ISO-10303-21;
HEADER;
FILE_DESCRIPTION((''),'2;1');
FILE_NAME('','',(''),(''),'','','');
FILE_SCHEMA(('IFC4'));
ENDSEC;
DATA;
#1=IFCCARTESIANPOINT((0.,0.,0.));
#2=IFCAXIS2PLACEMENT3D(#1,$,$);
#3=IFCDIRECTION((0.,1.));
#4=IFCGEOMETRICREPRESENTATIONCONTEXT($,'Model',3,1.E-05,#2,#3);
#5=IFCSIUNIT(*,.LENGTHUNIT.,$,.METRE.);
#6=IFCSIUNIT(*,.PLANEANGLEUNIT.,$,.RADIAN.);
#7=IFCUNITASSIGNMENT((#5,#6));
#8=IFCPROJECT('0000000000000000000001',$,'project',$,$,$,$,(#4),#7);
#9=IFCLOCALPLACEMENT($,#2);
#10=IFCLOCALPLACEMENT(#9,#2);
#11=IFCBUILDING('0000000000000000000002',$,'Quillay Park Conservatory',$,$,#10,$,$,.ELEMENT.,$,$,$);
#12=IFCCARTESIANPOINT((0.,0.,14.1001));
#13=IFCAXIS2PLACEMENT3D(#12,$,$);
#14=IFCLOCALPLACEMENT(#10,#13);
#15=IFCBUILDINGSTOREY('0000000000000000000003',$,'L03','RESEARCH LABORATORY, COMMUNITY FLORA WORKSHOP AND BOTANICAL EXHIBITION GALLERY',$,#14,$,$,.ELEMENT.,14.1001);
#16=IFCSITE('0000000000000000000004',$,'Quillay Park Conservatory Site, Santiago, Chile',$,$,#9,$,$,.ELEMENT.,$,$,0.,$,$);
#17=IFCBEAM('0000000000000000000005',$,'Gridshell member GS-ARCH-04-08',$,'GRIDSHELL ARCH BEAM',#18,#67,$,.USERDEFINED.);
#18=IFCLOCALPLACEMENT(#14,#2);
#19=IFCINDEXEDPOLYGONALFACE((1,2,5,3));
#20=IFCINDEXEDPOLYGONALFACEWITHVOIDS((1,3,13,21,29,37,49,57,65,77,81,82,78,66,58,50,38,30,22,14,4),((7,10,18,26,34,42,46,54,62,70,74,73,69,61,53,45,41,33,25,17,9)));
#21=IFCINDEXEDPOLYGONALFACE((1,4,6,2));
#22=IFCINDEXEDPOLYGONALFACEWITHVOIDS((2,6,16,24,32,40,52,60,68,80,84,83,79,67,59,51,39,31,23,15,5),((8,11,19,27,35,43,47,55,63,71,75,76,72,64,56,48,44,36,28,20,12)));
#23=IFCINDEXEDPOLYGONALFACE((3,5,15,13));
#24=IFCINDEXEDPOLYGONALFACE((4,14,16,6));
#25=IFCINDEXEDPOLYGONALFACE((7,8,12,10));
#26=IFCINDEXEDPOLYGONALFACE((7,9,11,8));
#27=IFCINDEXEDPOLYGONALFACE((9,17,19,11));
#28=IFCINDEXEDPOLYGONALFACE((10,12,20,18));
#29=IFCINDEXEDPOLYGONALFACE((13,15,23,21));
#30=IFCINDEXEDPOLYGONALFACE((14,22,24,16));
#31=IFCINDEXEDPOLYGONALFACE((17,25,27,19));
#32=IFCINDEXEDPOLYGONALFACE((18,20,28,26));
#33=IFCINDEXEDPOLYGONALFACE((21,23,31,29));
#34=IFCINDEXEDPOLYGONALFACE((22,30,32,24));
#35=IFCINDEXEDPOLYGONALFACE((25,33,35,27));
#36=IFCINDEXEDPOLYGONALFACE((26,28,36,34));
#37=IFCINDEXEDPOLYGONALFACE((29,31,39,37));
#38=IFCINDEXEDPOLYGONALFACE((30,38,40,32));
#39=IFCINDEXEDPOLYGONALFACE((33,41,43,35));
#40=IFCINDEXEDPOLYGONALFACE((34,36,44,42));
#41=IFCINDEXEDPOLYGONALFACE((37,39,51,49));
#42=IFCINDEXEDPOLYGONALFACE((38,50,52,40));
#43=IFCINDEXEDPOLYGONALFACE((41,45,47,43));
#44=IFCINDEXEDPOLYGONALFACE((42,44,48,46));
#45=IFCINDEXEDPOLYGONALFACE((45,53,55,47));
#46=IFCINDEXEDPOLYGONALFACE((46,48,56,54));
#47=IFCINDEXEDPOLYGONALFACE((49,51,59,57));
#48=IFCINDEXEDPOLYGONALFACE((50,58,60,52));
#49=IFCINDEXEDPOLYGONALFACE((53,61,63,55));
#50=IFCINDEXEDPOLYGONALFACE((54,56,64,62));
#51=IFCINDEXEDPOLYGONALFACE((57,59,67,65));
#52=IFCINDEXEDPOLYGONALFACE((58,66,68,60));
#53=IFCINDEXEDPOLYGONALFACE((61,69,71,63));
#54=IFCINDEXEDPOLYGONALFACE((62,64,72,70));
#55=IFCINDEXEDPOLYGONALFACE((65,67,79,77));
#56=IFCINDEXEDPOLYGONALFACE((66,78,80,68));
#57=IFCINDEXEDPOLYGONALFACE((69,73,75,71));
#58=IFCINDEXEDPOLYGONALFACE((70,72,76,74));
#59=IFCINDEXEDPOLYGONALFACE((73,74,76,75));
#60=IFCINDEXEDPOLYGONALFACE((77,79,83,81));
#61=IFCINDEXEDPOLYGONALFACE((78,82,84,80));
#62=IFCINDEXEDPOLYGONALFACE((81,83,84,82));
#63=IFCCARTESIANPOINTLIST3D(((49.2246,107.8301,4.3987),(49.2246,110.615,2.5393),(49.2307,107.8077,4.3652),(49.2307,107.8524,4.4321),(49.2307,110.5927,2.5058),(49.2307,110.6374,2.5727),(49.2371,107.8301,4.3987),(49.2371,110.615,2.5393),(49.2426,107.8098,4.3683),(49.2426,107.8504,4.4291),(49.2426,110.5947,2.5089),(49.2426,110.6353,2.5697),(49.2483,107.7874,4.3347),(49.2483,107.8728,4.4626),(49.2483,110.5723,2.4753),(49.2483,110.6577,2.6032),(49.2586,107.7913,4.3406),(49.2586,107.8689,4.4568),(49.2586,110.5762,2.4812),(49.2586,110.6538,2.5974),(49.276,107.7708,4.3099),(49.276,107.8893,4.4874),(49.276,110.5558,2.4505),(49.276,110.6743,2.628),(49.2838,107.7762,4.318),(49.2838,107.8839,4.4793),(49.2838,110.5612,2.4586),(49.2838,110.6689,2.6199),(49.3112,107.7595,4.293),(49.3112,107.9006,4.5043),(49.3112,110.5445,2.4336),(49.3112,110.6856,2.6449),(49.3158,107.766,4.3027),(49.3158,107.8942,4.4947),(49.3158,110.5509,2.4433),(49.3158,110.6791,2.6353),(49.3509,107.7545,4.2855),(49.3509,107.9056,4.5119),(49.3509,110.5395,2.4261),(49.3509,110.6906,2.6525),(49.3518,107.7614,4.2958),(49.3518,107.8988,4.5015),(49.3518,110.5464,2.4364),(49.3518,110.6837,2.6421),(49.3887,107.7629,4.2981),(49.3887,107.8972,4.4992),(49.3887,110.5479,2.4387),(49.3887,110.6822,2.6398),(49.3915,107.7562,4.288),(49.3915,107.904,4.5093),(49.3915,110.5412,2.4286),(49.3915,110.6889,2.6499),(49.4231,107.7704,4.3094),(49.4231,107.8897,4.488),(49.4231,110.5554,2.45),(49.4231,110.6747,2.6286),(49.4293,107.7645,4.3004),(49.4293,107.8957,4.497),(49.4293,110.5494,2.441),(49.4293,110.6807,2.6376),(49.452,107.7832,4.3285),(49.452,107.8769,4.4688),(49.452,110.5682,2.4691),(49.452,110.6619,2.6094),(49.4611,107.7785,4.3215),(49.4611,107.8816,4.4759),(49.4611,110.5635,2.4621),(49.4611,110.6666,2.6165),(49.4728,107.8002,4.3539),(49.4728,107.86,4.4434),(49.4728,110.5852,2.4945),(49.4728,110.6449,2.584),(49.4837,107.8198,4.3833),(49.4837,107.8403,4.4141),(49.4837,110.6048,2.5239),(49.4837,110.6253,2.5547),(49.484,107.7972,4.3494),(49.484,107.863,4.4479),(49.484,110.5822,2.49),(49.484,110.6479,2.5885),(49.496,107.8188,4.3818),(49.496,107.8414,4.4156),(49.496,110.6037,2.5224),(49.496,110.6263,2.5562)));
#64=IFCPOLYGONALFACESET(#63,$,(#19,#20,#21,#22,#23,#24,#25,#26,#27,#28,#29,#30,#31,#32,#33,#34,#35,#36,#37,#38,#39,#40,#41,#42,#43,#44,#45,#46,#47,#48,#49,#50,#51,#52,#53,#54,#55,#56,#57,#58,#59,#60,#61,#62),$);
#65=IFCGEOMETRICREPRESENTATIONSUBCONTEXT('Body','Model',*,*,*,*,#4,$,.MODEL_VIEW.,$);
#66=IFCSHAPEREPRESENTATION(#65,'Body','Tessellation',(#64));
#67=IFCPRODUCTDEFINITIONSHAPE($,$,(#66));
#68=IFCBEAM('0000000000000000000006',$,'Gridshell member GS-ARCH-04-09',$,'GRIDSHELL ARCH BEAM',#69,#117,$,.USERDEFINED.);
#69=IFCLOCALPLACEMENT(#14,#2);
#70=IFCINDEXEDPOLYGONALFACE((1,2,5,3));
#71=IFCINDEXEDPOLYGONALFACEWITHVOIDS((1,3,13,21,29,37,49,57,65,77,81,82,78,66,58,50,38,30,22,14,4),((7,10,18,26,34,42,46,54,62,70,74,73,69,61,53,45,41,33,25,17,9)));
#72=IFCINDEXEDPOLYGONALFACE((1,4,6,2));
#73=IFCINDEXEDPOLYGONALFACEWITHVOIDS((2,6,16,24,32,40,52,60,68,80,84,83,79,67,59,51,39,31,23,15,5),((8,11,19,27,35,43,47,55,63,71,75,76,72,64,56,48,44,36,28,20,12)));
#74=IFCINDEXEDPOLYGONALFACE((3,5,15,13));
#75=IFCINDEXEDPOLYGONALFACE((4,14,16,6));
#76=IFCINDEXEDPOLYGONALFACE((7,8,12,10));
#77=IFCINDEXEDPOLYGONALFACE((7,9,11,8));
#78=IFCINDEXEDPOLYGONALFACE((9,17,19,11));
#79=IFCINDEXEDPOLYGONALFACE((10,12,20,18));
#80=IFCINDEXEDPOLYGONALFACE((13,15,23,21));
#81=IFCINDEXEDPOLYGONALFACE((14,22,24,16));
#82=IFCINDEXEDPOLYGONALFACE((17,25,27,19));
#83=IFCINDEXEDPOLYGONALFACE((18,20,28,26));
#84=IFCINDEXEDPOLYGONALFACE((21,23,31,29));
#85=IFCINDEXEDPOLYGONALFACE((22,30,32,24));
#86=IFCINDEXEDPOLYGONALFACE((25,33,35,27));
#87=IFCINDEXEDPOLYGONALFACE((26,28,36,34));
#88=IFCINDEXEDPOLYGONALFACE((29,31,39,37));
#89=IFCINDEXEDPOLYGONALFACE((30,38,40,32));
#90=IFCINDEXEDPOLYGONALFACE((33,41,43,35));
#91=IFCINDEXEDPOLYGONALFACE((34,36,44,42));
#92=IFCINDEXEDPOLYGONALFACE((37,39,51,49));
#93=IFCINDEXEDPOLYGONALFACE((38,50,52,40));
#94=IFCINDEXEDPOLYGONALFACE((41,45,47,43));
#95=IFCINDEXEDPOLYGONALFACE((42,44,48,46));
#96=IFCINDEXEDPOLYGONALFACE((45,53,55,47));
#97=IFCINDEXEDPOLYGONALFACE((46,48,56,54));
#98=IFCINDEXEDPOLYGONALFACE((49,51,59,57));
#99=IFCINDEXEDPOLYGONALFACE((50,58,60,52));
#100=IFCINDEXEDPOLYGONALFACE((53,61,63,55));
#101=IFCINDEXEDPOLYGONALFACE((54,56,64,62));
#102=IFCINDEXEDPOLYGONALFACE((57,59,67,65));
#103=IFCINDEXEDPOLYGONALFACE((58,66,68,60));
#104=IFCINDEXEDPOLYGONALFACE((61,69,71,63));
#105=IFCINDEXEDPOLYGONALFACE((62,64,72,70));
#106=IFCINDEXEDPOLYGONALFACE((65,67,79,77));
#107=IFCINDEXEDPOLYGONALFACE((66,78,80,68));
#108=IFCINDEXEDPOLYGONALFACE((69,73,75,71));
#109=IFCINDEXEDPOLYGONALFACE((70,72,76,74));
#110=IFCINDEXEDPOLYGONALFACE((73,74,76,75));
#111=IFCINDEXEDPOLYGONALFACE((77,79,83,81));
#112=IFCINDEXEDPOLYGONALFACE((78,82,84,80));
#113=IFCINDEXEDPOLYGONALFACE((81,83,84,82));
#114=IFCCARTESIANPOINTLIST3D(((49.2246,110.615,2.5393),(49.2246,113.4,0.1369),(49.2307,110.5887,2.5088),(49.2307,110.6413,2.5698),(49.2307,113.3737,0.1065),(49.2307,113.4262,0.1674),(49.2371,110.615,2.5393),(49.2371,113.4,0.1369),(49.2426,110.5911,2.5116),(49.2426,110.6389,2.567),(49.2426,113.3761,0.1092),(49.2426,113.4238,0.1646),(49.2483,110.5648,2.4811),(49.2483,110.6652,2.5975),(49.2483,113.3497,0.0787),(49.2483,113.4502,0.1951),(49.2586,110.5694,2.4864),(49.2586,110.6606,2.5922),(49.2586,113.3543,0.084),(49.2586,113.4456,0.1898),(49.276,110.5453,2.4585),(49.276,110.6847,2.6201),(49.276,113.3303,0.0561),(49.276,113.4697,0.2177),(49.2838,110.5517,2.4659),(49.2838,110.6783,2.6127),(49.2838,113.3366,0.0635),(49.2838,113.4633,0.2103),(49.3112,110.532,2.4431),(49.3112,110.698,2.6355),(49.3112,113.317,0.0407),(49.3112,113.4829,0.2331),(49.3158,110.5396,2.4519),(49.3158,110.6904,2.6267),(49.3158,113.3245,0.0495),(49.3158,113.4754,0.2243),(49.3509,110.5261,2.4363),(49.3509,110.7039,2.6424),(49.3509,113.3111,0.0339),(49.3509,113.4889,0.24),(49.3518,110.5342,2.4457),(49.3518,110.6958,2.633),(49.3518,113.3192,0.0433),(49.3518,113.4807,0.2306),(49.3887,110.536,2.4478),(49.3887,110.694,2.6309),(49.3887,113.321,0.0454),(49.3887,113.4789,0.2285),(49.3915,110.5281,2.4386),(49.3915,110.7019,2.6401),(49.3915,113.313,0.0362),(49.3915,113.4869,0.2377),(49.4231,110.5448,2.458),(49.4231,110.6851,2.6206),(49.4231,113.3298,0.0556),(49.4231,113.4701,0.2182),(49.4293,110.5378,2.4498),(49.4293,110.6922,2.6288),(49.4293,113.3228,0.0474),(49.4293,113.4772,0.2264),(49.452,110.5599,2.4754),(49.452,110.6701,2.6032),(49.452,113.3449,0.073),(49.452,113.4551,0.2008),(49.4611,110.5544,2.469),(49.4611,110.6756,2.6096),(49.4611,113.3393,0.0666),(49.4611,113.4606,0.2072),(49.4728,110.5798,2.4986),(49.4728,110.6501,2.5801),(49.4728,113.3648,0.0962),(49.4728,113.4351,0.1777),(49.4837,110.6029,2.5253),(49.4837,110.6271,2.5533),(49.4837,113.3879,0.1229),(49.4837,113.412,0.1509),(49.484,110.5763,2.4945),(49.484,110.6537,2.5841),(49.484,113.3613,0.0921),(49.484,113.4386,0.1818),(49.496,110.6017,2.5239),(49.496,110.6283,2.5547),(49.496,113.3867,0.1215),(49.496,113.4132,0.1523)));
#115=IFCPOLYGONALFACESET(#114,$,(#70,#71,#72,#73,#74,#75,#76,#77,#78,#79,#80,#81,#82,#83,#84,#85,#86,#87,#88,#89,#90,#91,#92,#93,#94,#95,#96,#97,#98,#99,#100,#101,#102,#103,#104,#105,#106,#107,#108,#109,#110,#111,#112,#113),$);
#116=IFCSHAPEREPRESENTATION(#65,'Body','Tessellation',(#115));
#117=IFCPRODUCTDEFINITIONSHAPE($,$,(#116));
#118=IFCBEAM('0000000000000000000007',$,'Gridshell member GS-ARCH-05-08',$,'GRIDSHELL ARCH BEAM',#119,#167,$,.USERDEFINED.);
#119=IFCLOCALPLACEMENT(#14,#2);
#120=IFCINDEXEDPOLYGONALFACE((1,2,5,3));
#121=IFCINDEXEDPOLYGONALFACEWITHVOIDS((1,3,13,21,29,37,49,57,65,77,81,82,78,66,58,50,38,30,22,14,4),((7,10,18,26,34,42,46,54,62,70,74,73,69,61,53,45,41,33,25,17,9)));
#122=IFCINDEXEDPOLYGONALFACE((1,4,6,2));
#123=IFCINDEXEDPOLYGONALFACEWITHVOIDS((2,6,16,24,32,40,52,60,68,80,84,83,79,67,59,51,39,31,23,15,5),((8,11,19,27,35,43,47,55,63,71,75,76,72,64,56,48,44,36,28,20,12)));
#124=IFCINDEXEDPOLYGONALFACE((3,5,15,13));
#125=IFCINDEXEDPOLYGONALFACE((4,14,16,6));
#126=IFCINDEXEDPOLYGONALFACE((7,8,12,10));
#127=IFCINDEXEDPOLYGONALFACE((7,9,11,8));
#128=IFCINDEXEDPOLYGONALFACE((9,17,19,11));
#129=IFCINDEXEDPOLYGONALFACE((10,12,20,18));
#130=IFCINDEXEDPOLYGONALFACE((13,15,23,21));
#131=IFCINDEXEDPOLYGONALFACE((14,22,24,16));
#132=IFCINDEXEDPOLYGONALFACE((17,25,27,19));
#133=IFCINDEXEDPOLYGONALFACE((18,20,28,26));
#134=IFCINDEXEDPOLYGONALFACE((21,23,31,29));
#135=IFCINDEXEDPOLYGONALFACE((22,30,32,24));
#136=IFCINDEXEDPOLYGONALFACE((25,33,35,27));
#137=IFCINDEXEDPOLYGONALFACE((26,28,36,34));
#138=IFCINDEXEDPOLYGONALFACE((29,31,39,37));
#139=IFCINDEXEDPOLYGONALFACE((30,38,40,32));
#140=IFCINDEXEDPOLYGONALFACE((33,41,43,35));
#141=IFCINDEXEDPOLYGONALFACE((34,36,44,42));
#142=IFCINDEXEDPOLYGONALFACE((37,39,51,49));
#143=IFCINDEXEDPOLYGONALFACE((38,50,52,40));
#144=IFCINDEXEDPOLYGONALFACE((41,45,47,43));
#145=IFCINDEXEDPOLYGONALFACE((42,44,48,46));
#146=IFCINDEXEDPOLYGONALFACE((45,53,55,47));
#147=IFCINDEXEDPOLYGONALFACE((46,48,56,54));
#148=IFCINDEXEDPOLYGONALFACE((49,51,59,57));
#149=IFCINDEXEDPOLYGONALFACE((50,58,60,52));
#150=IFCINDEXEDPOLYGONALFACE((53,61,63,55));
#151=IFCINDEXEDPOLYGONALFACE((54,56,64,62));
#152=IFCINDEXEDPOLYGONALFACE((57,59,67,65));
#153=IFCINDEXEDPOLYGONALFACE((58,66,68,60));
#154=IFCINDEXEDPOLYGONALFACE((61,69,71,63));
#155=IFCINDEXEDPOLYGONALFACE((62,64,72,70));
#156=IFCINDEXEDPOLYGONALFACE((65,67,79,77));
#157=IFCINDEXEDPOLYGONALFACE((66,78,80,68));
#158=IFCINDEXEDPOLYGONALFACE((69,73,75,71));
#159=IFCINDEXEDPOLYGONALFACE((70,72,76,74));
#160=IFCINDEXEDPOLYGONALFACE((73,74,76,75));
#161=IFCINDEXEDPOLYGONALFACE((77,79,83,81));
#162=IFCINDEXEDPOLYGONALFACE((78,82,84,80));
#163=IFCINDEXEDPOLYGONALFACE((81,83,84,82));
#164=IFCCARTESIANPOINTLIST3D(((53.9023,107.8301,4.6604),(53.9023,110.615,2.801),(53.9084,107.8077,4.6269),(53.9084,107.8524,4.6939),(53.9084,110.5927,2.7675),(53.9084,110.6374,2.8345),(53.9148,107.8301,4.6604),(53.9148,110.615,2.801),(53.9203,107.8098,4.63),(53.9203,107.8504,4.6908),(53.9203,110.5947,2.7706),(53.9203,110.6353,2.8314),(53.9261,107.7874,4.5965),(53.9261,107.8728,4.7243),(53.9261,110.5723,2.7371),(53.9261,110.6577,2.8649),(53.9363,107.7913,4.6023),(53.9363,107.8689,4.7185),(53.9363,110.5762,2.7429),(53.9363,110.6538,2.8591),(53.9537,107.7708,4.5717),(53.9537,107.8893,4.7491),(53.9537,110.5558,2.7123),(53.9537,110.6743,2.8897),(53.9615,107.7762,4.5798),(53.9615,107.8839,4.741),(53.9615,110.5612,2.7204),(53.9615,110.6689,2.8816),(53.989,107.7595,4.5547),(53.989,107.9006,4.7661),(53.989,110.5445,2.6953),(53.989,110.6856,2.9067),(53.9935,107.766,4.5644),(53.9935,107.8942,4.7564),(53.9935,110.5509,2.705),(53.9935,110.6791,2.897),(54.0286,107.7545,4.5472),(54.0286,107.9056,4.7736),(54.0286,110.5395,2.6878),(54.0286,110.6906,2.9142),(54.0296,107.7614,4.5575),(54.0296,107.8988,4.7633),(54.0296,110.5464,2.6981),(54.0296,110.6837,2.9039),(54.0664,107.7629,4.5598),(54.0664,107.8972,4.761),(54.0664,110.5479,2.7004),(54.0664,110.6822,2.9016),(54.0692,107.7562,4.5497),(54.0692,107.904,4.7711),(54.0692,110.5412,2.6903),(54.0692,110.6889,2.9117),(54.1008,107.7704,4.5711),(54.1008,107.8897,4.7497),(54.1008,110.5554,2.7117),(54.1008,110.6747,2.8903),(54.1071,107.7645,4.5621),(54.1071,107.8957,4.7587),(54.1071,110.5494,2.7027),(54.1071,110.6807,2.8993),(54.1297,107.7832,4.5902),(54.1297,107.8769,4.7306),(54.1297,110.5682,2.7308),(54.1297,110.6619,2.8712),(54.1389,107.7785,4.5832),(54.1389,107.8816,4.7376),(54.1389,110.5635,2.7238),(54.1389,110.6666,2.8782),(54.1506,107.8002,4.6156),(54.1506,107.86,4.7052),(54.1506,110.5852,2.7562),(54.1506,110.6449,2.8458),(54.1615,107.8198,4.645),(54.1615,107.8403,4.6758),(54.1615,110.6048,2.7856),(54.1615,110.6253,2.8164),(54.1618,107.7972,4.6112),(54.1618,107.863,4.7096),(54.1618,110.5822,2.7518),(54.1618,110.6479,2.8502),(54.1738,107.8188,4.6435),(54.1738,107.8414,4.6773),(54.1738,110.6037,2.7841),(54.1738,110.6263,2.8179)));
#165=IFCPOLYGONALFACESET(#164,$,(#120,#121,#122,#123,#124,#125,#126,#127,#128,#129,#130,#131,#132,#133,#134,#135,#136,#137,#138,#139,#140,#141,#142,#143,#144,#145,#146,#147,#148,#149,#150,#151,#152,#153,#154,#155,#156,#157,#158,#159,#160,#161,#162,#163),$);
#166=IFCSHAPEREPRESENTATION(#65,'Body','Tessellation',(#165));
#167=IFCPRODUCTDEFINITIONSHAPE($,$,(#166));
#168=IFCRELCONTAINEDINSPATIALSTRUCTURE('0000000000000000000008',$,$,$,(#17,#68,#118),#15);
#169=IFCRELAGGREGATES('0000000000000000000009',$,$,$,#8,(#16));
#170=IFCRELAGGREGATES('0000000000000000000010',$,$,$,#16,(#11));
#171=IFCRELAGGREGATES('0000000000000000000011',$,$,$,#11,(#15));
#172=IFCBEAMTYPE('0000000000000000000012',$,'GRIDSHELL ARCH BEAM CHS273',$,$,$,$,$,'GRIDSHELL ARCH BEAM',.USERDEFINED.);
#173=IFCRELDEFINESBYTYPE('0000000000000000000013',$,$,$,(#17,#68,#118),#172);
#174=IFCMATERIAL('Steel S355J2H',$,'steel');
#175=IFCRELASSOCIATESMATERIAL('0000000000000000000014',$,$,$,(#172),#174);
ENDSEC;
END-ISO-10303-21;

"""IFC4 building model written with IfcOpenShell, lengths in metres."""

from ifc_helpers import new_model, si_unit, direction, frame, origin, origin_2d, place, context, subcontext, project, spatial, hollow_circle, extrude, material, material_profile, profile_set, type_object, element, save


model = new_model("IFC4")

# Units and contexts
model_context = context("Model", 3, precision=1e-05, world=origin(), true_north=direction((0.0, 1.0)))
body_context = subcontext(model_context, "Body", "Model", "MODEL_VIEW")
ifc_project = project(units=[si_unit("LENGTHUNIT", "METRE"), si_unit("PLANEANGLEUNIT", "RADIAN")], contexts=[model_context])

# Site, building, storey
site_placement = place(None, origin())
site = spatial("IfcSite", under=ifc_project, at=site_placement, Name="Quillay Park Conservatory Site, Santiago, Chile", CompositionType="ELEMENT", RefElevation=0.0)
building_placement = place(site_placement, origin())
building = spatial("IfcBuilding", under=site, at=building_placement, Name="Quillay Park Conservatory", CompositionType="ELEMENT")
storey_placement = place(building_placement, frame((0.0, 0.0, 14.1001)))
storey = spatial("IfcBuildingStorey", under=building, at=storey_placement, Name="L03", Description="RESEARCH LABORATORY, COMMUNITY FLORA WORKSHOP AND BOTANICAL EXHIBITION GALLERY", CompositionType="ELEMENT", Elevation=14.1001)

# Beams
ifc_material_1 = material(Name="Steel S355J2H", Category="steel")
ifc_material_profile_1 = material_profile(ifc_material_1, hollow_circle(Radius=0.1365, WallThickness=0.0125, at=origin_2d()), Name="CHS273x12.5")
ifc_profile_set_1 = profile_set([ifc_material_profile_1], Name="Steel S355J2H")
beam_type = type_object("IfcBeamType", Name="GRIDSHELL ARCH BEAM CHS273", ElementType="GRIDSHELL ARCH BEAM", PredefinedType="USERDEFINED", material=ifc_profile_set_1)
beam_1_placement = place(storey_placement, frame((49.3611, 107.8301, 4.3987), z_axis=(0.0, 0.831669, -0.555272), x_axis=(-1.0, 0.0, 0.0)))
element("IfcBeam", 1, at=beam_1_placement, inside=storey, type_object=beam_type, Name="Gridshell member GS-ARCH-04-08", ObjectType="GRIDSHELL ARCH BEAM", PredefinedType="USERDEFINED", context=body_context, shape_type="SweptSolid", body=[
    extrude(hollow_circle(Radius=0.1365, WallThickness=0.0125, at=origin_2d()), origin(), (0.0, 0.0, 1.0), 3.3486),
])
beam_2_placement = place(storey_placement, frame((49.3611, 110.615, 2.5393), z_axis=(0.0, 0.757201, -0.653183), x_axis=(-1.0, 0.0, 0.0)))
element("IfcBeam", 2, at=beam_2_placement, inside=storey, type_object=beam_type, Name="Gridshell member GS-ARCH-04-09", ObjectType="GRIDSHELL ARCH BEAM", PredefinedType="USERDEFINED", context=body_context, shape_type="SweptSolid", body=[
    extrude(hollow_circle(Radius=0.1365, WallThickness=0.0125, at=origin_2d()), origin(), (0.0, 0.0, 1.0), 3.678),
])
beam_3_placement = place(storey_placement, frame((54.0388, 107.8301, 4.6604), z_axis=(0.0, 0.831669, -0.555272), x_axis=(-1.0, 0.0, 0.0)))
element("IfcBeam", 3, at=beam_3_placement, inside=storey, type_object=beam_type, Name="Gridshell member GS-ARCH-05-08", ObjectType="GRIDSHELL ARCH BEAM", PredefinedType="USERDEFINED", context=body_context, shape_type="SweptSolid", body=[
    extrude(hollow_circle(Radius=0.1365, WallThickness=0.0125, at=origin_2d()), origin(), (0.0, 0.0, 1.0), 3.3486),
])

save(model, "model.ifc")
